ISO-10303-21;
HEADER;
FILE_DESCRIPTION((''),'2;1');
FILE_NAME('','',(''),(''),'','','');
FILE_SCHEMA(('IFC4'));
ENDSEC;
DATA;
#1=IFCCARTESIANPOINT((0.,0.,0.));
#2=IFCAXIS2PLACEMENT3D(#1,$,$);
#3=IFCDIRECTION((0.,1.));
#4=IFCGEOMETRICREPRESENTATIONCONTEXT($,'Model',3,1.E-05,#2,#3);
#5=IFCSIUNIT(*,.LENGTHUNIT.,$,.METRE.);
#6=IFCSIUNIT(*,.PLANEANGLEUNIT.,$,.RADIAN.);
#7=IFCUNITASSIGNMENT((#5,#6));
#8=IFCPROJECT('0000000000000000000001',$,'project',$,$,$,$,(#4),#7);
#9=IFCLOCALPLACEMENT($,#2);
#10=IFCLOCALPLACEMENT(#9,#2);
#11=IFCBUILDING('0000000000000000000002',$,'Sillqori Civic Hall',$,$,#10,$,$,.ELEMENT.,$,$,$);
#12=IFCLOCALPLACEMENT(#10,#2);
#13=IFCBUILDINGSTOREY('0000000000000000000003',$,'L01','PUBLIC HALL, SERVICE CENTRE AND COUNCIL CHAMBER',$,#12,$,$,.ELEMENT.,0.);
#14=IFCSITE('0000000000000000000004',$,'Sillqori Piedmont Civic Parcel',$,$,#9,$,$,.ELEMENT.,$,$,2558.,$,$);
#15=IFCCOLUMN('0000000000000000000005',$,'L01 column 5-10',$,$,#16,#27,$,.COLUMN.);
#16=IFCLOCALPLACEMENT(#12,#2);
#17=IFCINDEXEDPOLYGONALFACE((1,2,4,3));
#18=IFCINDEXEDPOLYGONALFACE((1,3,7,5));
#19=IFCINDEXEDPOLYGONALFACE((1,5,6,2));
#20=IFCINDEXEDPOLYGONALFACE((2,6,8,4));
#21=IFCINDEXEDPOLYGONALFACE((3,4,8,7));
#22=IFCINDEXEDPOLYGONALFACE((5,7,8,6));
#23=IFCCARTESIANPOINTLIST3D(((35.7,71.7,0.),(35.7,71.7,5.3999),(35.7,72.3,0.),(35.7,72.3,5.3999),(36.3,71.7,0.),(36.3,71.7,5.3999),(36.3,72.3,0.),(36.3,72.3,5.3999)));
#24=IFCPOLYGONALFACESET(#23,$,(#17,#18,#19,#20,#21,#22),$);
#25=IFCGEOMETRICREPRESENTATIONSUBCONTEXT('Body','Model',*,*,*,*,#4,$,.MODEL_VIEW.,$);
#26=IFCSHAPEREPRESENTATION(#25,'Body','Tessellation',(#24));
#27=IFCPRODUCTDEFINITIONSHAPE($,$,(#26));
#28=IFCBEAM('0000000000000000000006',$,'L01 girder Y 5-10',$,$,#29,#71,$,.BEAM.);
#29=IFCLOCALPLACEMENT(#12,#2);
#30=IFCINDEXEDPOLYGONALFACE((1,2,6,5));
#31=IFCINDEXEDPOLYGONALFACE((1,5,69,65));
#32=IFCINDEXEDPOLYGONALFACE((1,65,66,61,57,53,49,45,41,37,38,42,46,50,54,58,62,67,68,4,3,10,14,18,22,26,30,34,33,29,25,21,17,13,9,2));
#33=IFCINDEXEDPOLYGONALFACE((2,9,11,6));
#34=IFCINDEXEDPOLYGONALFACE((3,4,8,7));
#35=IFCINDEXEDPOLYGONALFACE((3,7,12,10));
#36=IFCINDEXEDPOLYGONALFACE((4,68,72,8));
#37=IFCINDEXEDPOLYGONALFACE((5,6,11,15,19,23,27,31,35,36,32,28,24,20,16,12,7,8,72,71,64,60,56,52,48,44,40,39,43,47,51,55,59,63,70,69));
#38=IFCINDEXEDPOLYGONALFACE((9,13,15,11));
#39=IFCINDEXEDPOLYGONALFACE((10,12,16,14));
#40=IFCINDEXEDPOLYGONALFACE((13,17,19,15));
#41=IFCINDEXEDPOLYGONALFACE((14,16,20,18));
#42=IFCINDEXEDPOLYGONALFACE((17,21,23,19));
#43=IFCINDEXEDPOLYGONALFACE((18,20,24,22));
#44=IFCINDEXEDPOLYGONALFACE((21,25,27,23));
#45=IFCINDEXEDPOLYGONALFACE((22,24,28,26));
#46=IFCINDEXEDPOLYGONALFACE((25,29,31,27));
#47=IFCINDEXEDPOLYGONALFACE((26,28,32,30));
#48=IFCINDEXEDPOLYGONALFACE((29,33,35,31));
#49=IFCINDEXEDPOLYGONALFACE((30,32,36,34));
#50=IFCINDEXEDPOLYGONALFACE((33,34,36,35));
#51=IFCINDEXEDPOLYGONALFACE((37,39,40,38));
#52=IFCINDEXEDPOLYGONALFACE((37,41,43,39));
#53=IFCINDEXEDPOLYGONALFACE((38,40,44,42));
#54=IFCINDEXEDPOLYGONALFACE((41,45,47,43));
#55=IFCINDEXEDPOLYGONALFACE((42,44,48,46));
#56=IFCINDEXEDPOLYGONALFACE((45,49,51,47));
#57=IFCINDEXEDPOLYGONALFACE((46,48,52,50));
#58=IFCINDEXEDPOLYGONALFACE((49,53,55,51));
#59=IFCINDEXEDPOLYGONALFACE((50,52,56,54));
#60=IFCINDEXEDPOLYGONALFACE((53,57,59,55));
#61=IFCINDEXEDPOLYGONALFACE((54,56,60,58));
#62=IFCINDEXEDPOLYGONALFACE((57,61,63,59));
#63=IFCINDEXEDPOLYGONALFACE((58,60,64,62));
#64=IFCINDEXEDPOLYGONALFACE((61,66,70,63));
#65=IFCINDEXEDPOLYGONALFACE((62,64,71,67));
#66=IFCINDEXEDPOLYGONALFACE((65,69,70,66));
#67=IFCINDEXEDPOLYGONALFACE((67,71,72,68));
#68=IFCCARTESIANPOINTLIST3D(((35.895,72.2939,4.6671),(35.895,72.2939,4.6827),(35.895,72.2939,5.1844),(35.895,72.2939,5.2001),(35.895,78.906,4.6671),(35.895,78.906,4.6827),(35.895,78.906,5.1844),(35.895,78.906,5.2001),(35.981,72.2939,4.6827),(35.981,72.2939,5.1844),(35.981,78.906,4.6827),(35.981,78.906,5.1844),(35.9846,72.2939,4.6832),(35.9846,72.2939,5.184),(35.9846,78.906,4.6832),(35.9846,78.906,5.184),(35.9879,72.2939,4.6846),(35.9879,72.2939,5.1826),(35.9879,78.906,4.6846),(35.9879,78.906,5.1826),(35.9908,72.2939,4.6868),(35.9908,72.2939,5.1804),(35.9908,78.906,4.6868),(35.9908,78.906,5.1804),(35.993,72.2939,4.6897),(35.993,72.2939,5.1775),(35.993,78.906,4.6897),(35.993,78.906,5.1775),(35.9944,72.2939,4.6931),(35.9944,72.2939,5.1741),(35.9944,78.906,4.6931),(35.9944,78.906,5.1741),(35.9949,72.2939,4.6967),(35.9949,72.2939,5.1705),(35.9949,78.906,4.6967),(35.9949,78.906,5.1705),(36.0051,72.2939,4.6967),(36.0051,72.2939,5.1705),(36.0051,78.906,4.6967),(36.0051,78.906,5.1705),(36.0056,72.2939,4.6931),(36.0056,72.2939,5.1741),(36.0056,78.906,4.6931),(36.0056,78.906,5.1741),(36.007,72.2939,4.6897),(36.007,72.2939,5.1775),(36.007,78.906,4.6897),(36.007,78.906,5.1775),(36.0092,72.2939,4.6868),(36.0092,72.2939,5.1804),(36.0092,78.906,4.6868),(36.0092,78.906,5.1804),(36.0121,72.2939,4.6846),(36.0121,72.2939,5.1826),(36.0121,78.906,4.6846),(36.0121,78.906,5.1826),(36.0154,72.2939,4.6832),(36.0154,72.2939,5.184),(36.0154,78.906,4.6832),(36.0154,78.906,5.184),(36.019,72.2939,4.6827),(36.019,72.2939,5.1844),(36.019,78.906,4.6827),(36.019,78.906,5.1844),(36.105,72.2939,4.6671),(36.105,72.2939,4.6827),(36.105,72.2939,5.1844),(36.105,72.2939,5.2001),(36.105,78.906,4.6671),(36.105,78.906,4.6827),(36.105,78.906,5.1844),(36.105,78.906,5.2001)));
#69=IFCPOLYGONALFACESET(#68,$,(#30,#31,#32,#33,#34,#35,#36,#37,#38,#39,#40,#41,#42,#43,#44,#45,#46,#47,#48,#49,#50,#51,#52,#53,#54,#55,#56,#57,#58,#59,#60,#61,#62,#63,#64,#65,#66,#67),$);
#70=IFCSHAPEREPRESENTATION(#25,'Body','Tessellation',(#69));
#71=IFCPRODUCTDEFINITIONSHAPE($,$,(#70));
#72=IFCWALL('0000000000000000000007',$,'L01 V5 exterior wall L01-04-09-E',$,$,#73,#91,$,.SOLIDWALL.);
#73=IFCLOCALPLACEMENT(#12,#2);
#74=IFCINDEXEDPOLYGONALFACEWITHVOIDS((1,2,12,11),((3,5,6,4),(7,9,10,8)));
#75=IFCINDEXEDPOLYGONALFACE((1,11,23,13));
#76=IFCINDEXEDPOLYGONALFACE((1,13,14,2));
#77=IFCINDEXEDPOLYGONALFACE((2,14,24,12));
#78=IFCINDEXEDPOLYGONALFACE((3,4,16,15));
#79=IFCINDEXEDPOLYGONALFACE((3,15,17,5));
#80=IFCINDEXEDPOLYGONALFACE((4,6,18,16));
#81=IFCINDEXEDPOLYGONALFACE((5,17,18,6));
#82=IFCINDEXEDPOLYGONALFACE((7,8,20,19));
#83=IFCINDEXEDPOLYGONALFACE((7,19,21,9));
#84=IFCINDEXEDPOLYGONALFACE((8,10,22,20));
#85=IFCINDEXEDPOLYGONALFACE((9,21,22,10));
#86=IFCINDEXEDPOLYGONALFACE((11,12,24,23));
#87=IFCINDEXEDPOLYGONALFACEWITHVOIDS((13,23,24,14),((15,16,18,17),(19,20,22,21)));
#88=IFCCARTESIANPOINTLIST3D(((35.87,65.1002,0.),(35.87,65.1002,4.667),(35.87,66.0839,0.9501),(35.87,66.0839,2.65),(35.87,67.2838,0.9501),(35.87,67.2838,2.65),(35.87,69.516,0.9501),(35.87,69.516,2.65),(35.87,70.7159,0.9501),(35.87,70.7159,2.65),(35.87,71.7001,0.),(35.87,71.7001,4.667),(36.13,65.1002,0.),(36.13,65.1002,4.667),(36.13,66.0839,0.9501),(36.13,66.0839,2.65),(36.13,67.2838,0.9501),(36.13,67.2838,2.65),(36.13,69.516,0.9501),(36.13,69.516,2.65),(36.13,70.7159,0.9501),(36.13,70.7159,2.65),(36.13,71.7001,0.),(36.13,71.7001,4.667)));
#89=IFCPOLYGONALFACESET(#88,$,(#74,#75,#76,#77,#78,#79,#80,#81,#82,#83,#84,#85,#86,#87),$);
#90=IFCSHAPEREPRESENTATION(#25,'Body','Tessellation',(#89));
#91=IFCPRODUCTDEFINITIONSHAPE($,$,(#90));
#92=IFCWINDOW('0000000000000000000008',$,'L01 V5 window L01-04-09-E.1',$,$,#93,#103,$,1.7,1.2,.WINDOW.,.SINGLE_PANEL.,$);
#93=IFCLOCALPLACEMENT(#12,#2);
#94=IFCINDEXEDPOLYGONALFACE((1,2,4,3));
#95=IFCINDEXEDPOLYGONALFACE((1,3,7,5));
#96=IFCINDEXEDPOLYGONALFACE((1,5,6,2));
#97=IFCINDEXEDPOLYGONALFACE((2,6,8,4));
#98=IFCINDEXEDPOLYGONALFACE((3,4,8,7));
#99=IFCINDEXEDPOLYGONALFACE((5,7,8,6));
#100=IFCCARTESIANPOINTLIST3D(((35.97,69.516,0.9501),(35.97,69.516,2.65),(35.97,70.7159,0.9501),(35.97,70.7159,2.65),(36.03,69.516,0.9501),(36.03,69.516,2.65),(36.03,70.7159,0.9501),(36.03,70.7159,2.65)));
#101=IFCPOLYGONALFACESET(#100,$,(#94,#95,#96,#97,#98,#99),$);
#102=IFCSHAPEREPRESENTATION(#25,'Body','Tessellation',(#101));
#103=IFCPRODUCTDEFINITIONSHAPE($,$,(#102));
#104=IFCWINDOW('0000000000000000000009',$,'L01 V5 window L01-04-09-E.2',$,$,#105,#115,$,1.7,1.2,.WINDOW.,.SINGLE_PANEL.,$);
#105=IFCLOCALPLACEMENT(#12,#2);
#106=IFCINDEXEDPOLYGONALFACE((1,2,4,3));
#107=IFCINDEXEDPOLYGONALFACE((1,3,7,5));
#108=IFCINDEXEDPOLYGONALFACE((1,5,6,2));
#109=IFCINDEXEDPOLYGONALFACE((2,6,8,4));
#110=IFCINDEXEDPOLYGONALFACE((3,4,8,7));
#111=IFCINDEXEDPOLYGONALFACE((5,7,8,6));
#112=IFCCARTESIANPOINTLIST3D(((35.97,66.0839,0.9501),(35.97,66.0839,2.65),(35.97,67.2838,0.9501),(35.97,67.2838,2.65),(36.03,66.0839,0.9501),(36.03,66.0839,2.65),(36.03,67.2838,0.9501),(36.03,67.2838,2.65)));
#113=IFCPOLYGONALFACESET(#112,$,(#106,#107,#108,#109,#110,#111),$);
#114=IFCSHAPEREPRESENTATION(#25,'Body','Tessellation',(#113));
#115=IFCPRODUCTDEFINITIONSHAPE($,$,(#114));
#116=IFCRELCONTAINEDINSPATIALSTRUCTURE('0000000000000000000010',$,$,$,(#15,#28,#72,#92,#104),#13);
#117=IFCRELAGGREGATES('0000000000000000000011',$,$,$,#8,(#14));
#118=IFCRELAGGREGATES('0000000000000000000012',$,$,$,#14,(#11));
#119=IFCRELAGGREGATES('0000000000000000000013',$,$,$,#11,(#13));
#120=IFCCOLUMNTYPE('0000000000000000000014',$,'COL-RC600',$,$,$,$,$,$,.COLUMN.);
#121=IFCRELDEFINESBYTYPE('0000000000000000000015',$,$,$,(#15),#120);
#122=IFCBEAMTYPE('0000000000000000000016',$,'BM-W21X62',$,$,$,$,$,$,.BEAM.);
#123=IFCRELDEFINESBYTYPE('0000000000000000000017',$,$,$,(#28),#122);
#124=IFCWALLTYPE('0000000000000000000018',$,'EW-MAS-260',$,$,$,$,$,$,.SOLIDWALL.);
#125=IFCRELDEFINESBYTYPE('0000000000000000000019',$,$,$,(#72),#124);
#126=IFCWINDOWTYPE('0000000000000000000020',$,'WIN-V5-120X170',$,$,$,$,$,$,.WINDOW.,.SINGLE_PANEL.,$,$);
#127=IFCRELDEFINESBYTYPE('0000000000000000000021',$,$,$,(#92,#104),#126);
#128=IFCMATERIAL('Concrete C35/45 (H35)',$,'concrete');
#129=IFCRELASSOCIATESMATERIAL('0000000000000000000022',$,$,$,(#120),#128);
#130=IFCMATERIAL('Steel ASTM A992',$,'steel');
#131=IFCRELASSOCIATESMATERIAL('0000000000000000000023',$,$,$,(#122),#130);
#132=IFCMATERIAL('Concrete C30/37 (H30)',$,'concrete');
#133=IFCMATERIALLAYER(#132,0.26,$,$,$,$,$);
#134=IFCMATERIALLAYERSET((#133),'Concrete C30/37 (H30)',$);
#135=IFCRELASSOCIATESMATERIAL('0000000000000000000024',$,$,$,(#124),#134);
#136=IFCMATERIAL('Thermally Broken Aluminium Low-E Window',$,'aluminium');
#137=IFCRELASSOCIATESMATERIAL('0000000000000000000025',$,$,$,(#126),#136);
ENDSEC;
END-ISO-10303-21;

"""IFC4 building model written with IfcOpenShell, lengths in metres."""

from ifc_helpers import new_model, si_unit, direction, frame, frame_2d, origin, origin_2d, place, context, subcontext, project, spatial, rectangle, i_section, extrude, material, layer, layer_set, material_profile, profile_set, type_object, element, fill, save


model = new_model("IFC4")

# Units and contexts
model_context = context("Model", 3, precision=1e-05, world=origin(), true_north=direction((0.0, 1.0)))
body_context = subcontext(model_context, "Body", "Model", "MODEL_VIEW")
ifc_project = project(units=[si_unit("LENGTHUNIT", "METRE"), si_unit("PLANEANGLEUNIT", "RADIAN")], contexts=[model_context])

# Site, building, storey
site_placement = place(None, origin())
site = spatial("IfcSite", under=ifc_project, at=site_placement, Name="Sillqori Piedmont Civic Parcel", CompositionType="ELEMENT", RefElevation=2558.0)
building_placement = place(site_placement, origin())
building = spatial("IfcBuilding", under=site, at=building_placement, Name="Sillqori Civic Hall", CompositionType="ELEMENT")
storey_placement = place(building_placement, origin())
storey = spatial("IfcBuildingStorey", under=building, at=storey_placement, Name="L01", Description="PUBLIC HALL, SERVICE CENTRE AND COUNCIL CHAMBER", CompositionType="ELEMENT", Elevation=0.0)

# Column
ifc_material_1 = material(Name="Concrete C35/45 (H35)", Category="concrete")
ifc_material_profile_1 = material_profile(ifc_material_1, rectangle(XDim=0.6001, YDim=0.6001, at=origin_2d()), Name="RC 600x600")
ifc_profile_set_1 = profile_set([ifc_material_profile_1], Name="Concrete C35/45 (H35)")
column_type = type_object("IfcColumnType", Name="COL-RC600", PredefinedType="COLUMN", material=ifc_profile_set_1)
column_placement = place(storey_placement, frame((36.0, 72.0, 0.0), z_axis=(0.0, 0.0, 1.0), x_axis=(1.0, 0.0, 0.0)))
element("IfcColumn", 1, at=column_placement, inside=storey, type_object=column_type, Name="L01 column 5-10", PredefinedType="COLUMN", context=body_context, shape_type="SweptSolid", body=[
    extrude(rectangle(XDim=0.6001, YDim=0.6001, at=origin_2d()), origin(), (0.0, 0.0, 1.0), 5.3999),
])

# Beam
ifc_material_2 = material(Name="Steel ASTM A992", Category="steel")
ifc_material_profile_2 = material_profile(ifc_material_2, i_section(OverallWidth=0.21, OverallDepth=0.533, WebThickness=0.0103, FlangeThickness=0.0156, FilletRadius=0.0139, at=origin_2d()), Name="W21X62")
ifc_profile_set_2 = profile_set([ifc_material_profile_2], Name="Steel ASTM A992")
beam_type = type_object("IfcBeamType", Name="BM-W21X62", PredefinedType="BEAM", material=ifc_profile_set_2)
beam_placement = place(storey_placement, frame((36.0, 72.2939, 4.9336), z_axis=(0.0, 1.0, 0.0), x_axis=(-1.0, 0.0, 0.0)))
element("IfcBeam", 2, at=beam_placement, inside=storey, type_object=beam_type, Name="L01 girder Y 5-10", PredefinedType="BEAM", context=body_context, shape_type="SweptSolid", body=[
    extrude(i_section(OverallWidth=0.21, OverallDepth=0.533, WebThickness=0.0103, FlangeThickness=0.0156, FilletRadius=0.0139, at=origin_2d()), origin(), (0.0, 0.0, 1.0), 6.6121),
])

# Wall, openings, windows
ifc_material_3 = material(Name="Concrete C30/37 (H30)", Category="concrete")
ifc_layer_1 = layer(ifc_material_3, 0.26)
ifc_layer_set_1 = layer_set([ifc_layer_1], Name="Concrete C30/37 (H30)")
wall_type = type_object("IfcWallType", Name="EW-MAS-260", PredefinedType="SOLIDWALL", material=ifc_layer_set_1)
wall_placement = place(storey_placement, frame((36.0, 71.7, 0.0), z_axis=(0.0, 0.0, 1.0), x_axis=(0.0, -1.0, 0.0)))
wall = element("IfcWall", 3, at=wall_placement, inside=storey, type_object=wall_type, Name="L01 V5 exterior wall L01-04-09-E", PredefinedType="SOLIDWALL", context=body_context, shape_type="SweptSolid", body=[
    extrude(rectangle(XDim=6.5999, YDim=0.26, at=frame_2d((3.2998, 0.0))), origin(), (0.0, 0.0, 1.0), 4.667),
])
opening_1_placement = place(wall_placement, frame((0.9839, 0.0, 0.95)))
opening_1 = element("IfcOpeningElement", 4, at=opening_1_placement, cuts=wall, PredefinedType="OPENING", context=body_context, shape_type="SweptSolid", body=[
    extrude(rectangle(XDim=1.2, YDim=1.7, at=frame_2d((0.6001, 0.8501))), frame((0.0, 0.1399, 0.0), z_axis=(0.0, -1.0, 0.0), x_axis=(1.0, 0.0, 0.0)), (0.0, 0.0, 1.0), 0.28),
])
opening_2_placement = place(wall_placement, frame((4.416, 0.0, 0.95)))
opening_2 = element("IfcOpeningElement", 5, at=opening_2_placement, cuts=wall, PredefinedType="OPENING", context=body_context, shape_type="SweptSolid", body=[
    extrude(rectangle(XDim=1.2, YDim=1.7, at=frame_2d((0.6001, 0.8501))), frame((0.0, 0.1399, 0.0), z_axis=(0.0, -1.0, 0.0), x_axis=(1.0, 0.0, 0.0)), (0.0, 0.0, 1.0), 0.28),
])
ifc_material_4 = material(Name="Thermally Broken Aluminium Low-E Window", Category="aluminium")
window_type = type_object("IfcWindowType", Name="WIN-V5-120X170", PartitioningType="SINGLE_PANEL", PredefinedType="WINDOW", material=ifc_material_4)
window_1_placement = place(opening_1_placement, origin())
window_1 = element("IfcWindow", 6, at=window_1_placement, inside=storey, type_object=window_type, Name="L01 V5 window L01-04-09-E.1", OverallHeight=1.7, OverallWidth=1.2, PartitioningType="SINGLE_PANEL", PredefinedType="WINDOW", context=body_context, shape_type="SweptSolid", body=[
    extrude(rectangle(XDim=1.2, YDim=1.7, at=frame_2d((0.6001, 0.8501))), frame((0.0, 0.03, 0.0), z_axis=(0.0, -1.0, 0.0), x_axis=(1.0, 0.0, 0.0)), (0.0, 0.0, 1.0), 0.0601),
])
fill(opening_1, window_1)
window_2_placement = place(opening_2_placement, origin())
window_2 = element("IfcWindow", 7, at=window_2_placement, inside=storey, type_object=window_type, Name="L01 V5 window L01-04-09-E.2", OverallHeight=1.7, OverallWidth=1.2, PartitioningType="SINGLE_PANEL", PredefinedType="WINDOW", context=body_context, shape_type="SweptSolid", body=[
    extrude(rectangle(XDim=1.2, YDim=1.7, at=frame_2d((0.6001, 0.8501))), frame((0.0, 0.03, 0.0), z_axis=(0.0, -1.0, 0.0), x_axis=(1.0, 0.0, 0.0)), (0.0, 0.0, 1.0), 0.0601),
])
fill(opening_2, window_2)

save(model, "model.ifc")
